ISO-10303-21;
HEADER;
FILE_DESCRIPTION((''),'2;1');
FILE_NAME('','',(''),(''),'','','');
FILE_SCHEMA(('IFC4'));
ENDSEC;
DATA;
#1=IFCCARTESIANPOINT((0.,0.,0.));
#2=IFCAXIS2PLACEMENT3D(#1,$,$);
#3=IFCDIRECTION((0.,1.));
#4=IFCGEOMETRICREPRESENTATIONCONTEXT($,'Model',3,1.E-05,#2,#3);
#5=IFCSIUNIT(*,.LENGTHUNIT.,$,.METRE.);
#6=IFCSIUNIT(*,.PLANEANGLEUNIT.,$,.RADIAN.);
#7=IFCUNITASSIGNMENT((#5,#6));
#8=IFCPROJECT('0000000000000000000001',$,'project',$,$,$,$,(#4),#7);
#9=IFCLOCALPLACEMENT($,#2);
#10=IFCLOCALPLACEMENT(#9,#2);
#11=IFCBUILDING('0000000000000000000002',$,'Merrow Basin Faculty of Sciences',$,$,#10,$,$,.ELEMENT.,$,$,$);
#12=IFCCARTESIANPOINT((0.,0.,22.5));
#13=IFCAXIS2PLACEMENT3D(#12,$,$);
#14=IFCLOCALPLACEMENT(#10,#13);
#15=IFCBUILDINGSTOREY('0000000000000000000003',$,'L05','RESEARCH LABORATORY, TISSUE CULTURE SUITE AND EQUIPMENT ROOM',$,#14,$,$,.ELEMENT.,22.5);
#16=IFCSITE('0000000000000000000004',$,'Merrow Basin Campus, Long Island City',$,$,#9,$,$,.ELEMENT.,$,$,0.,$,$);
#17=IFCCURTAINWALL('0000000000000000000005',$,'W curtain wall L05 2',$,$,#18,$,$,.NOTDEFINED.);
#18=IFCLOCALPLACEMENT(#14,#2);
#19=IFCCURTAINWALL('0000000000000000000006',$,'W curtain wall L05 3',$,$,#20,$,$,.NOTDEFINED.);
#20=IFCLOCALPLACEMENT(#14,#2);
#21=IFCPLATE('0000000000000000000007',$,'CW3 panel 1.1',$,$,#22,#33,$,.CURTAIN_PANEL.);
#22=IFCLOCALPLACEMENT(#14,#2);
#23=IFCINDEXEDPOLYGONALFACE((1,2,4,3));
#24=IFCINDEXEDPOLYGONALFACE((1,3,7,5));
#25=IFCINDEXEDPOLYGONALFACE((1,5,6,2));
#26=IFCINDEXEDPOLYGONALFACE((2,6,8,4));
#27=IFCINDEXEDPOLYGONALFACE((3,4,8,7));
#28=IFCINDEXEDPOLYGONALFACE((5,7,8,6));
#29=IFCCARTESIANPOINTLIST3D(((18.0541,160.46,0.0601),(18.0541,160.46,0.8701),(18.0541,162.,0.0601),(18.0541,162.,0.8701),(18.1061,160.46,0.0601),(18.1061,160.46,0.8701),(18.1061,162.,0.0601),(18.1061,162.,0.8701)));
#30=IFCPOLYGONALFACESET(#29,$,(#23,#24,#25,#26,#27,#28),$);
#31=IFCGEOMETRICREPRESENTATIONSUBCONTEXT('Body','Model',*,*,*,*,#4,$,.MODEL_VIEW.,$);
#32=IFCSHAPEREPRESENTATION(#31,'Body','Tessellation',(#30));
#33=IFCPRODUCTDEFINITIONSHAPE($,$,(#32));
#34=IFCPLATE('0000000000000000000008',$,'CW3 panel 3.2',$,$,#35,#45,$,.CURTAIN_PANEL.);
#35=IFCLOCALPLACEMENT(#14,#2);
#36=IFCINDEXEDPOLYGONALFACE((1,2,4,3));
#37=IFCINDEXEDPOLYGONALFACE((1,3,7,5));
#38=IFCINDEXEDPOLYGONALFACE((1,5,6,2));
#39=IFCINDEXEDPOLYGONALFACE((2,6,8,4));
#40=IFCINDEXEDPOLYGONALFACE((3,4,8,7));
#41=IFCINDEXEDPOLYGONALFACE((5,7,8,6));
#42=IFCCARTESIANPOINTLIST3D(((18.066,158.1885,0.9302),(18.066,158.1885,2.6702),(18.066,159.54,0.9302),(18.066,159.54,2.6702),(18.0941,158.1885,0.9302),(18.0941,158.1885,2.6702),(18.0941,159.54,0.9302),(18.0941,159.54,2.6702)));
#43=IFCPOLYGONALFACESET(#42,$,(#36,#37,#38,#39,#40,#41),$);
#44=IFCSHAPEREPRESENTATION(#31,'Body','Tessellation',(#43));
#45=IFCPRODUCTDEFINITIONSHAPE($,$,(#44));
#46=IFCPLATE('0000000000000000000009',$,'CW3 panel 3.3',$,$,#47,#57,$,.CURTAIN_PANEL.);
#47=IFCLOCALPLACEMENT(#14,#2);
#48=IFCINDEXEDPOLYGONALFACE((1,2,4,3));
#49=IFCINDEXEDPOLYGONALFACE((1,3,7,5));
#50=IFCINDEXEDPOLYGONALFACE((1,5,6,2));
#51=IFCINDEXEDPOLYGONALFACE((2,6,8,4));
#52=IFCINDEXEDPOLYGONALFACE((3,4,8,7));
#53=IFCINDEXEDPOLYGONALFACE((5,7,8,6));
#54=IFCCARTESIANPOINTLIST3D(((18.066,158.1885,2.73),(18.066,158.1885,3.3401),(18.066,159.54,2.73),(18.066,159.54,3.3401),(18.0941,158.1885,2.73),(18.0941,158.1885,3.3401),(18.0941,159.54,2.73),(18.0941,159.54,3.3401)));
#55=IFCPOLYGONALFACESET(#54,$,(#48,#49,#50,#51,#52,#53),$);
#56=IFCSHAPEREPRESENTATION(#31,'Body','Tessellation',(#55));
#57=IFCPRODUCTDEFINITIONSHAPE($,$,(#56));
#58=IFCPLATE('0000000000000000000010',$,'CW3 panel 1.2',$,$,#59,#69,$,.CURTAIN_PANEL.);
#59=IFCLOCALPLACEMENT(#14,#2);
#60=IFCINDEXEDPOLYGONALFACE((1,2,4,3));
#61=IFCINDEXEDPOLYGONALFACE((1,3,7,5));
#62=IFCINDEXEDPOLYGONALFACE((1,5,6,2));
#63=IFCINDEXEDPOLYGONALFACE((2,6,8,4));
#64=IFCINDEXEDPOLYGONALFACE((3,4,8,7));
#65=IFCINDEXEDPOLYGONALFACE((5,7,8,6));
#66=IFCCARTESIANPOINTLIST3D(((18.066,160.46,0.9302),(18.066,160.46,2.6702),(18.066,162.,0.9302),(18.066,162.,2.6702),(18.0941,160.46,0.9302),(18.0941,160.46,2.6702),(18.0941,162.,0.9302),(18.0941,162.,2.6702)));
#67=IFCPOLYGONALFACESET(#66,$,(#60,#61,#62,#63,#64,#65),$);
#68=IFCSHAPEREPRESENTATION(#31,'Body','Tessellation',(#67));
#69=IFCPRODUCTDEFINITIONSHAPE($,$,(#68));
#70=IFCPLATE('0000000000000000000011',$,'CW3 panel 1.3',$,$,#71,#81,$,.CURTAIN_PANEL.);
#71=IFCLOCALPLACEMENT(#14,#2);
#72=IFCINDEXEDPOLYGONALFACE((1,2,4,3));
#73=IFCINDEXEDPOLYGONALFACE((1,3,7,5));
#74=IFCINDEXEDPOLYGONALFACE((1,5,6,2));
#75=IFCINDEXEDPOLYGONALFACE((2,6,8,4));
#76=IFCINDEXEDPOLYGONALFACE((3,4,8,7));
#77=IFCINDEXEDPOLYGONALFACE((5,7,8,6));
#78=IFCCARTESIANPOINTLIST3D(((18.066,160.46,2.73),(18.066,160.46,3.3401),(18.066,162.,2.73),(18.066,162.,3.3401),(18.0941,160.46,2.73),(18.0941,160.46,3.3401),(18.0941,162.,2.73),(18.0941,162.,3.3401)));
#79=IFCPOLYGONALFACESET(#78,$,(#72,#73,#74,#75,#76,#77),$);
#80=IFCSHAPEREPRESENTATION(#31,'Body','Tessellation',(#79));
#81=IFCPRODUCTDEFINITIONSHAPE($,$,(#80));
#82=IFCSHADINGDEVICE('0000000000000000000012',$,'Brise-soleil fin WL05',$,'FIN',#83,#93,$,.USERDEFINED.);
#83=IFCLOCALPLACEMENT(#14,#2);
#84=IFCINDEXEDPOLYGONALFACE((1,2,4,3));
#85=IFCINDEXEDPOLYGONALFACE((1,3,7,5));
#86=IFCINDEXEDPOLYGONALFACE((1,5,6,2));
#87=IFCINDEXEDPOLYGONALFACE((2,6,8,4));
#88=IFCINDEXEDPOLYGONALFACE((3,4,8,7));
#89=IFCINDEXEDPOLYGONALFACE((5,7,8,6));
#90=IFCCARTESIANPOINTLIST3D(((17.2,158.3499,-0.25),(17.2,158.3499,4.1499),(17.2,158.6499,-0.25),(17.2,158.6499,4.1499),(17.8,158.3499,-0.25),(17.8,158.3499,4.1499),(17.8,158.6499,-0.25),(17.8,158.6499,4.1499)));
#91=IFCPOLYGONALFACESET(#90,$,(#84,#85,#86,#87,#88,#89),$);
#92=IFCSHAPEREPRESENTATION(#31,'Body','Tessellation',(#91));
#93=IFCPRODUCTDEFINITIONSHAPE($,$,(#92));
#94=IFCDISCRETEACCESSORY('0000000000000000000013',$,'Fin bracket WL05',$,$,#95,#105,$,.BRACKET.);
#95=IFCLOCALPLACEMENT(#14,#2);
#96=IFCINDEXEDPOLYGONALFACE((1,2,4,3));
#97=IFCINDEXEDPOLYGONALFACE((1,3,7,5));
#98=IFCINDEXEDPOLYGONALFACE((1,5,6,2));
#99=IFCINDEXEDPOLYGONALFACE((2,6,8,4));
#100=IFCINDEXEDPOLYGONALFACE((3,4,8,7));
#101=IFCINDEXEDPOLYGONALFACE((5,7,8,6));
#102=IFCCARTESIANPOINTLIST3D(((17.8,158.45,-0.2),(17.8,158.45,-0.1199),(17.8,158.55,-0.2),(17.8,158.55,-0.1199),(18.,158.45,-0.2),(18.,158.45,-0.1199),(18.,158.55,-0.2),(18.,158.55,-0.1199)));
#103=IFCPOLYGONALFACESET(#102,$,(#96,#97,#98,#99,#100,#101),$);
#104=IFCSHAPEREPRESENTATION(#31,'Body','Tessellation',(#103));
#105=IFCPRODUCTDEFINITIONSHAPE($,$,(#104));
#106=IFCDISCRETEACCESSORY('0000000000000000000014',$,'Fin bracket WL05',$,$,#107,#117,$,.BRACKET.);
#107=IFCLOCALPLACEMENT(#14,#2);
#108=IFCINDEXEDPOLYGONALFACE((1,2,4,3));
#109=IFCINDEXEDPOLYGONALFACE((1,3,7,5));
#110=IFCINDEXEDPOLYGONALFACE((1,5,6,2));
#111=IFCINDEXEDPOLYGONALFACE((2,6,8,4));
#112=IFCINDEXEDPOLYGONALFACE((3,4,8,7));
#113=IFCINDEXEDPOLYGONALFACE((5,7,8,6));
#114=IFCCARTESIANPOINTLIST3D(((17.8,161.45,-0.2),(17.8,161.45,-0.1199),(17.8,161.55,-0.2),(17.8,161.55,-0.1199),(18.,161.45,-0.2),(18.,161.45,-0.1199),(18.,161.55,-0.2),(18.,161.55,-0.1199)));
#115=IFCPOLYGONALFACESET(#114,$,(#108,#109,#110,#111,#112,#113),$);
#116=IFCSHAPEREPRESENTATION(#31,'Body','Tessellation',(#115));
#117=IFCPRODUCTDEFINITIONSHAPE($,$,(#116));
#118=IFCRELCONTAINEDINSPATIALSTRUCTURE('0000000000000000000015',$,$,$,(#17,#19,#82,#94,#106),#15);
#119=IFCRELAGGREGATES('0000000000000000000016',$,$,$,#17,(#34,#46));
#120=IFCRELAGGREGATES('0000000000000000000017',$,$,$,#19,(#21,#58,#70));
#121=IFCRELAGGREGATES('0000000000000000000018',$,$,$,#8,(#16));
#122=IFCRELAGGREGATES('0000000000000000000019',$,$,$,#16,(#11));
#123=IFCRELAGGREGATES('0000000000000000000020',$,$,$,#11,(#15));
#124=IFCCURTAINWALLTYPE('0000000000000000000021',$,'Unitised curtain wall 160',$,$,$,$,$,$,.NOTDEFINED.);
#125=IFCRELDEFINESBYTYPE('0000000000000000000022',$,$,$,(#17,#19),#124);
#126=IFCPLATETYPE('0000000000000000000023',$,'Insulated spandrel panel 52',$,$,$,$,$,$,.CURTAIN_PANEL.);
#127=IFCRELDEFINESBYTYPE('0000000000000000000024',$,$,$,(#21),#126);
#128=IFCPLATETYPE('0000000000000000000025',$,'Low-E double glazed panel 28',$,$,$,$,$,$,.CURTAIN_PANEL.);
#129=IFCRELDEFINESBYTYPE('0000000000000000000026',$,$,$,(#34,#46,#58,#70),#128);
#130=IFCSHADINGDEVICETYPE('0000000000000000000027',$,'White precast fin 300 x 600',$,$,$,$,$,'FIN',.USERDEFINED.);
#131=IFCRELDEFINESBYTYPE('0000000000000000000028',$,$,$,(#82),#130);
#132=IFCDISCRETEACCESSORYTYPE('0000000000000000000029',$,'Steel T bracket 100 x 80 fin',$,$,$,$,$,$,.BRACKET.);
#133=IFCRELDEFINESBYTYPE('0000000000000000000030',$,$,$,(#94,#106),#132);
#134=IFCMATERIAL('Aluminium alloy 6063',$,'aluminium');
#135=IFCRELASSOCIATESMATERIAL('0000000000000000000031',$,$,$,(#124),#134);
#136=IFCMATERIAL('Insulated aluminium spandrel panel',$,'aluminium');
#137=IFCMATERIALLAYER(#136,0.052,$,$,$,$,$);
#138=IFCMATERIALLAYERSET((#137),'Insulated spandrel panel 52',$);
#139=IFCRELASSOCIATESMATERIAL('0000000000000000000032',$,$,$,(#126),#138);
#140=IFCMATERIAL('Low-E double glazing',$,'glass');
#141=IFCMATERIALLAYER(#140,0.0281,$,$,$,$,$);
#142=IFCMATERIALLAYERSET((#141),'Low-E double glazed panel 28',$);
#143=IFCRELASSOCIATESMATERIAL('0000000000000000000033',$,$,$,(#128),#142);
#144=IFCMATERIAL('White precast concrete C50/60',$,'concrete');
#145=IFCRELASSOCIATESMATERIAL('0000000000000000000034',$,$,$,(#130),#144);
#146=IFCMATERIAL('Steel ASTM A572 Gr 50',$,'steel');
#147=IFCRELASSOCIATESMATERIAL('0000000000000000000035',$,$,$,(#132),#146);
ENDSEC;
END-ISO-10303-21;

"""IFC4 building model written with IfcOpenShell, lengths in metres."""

from ifc_helpers import new_model, si_unit, direction, frame, origin, origin_2d, place, context, subcontext, project, spatial, polyline, rectangle, outline, extrude, source, transform, mapped, material, layer, layer_set, type_object, element, aggregate, save


model = new_model("IFC4")

# Units and contexts
model_context = context("Model", 3, precision=1e-05, world=origin(), true_north=direction((0.0, 1.0)))
body_context = subcontext(model_context, "Body", "Model", "MODEL_VIEW")
ifc_project = project(units=[si_unit("LENGTHUNIT", "METRE"), si_unit("PLANEANGLEUNIT", "RADIAN")], contexts=[model_context])

# Site, building, storey
site_placement = place(None, origin())
site = spatial("IfcSite", under=ifc_project, at=site_placement, Name="Merrow Basin Campus, Long Island City", CompositionType="ELEMENT", RefElevation=0.0)
building_placement = place(site_placement, origin())
building = spatial("IfcBuilding", under=site, at=building_placement, Name="Merrow Basin Faculty of Sciences", CompositionType="ELEMENT")
storey_placement = place(building_placement, frame((0.0, 0.0, 22.5)))
storey = spatial("IfcBuildingStorey", under=building, at=storey_placement, Name="L05", Description="RESEARCH LABORATORY, TISSUE CULTURE SUITE AND EQUIPMENT ROOM", CompositionType="ELEMENT", Elevation=22.5)

# Curtain walls
ifc_material_1 = material(Name="Aluminium alloy 6063", Category="aluminium")
curtain_wall_type = type_object("IfcCurtainWallType", Name="Unitised curtain wall 160", PredefinedType="NOTDEFINED", material=ifc_material_1)
curtain_wall_1_placement = place(storey_placement, origin())
curtain_wall_1 = element("IfcCurtainWall", 1, at=curtain_wall_1_placement, inside=storey, type_object=curtain_wall_type, Name="W curtain wall L05 2", PredefinedType="NOTDEFINED")
curtain_wall_2_placement = place(storey_placement, origin())
curtain_wall_2 = element("IfcCurtainWall", 2, at=curtain_wall_2_placement, inside=storey, type_object=curtain_wall_type, Name="W curtain wall L05 3", PredefinedType="NOTDEFINED")

# Plates
ifc_material_2 = material(Name="Insulated aluminium spandrel panel", Category="aluminium")
ifc_layer_1 = layer(ifc_material_2, 0.052)
ifc_layer_set_1 = layer_set([ifc_layer_1], Name="Insulated spandrel panel 52")
plate_type_1 = type_object("IfcPlateType", Name="Insulated spandrel panel 52", PredefinedType="CURTAIN_PANEL", material=ifc_layer_set_1)
plate_1_placement = place(storey_placement, frame((18.0801, 161.23, 0.0601), z_axis=(0.0, 0.0, 1.0), x_axis=(0.0, 1.0, 0.0)))
plate_1 = element("IfcPlate", 3, at=plate_1_placement, type_object=plate_type_1, Name="CW3 panel 1.1", PredefinedType="CURTAIN_PANEL", context=body_context, shape_type="SweptSolid", body=[
    extrude(rectangle(XDim=1.54, YDim=0.052, at=origin_2d()), origin(), (0.0, 0.0, 1.0), 0.8101),
])
ifc_material_3 = material(Name="Low-E double glazing", Category="glass")
ifc_layer_2 = layer(ifc_material_3, 0.0281)
ifc_layer_set_2 = layer_set([ifc_layer_2], Name="Low-E double glazed panel 28")
plate_type_2 = type_object("IfcPlateType", Name="Low-E double glazed panel 28", PredefinedType="CURTAIN_PANEL", material=ifc_layer_set_2)
plate_2_placement = place(storey_placement, frame((18.0801, 158.8643, 0.9302), z_axis=(0.0, 0.0, 1.0), x_axis=(0.0, 1.0, 0.0)))
plate_2 = element("IfcPlate", 4, at=plate_2_placement, type_object=plate_type_2, Name="CW3 panel 3.2", PredefinedType="CURTAIN_PANEL", context=body_context, shape_type="SweptSolid", body=[
    extrude(rectangle(XDim=1.3516, YDim=0.0281, at=origin_2d()), origin(), (0.0, 0.0, 1.0), 1.74),
])
plate_3_placement = place(storey_placement, frame((18.0801, 158.8643, 2.73), z_axis=(0.0, 0.0, 1.0), x_axis=(0.0, 1.0, 0.0)))
plate_3 = element("IfcPlate", 5, at=plate_3_placement, type_object=plate_type_2, Name="CW3 panel 3.3", PredefinedType="CURTAIN_PANEL", context=body_context, shape_type="SweptSolid", body=[
    extrude(rectangle(XDim=1.3516, YDim=0.0281, at=origin_2d()), origin(), (0.0, 0.0, 1.0), 0.6101),
])
aggregate(curtain_wall_1, [plate_2, plate_3])
plate_4_placement = place(storey_placement, frame((18.0801, 161.23, 0.9302), z_axis=(0.0, 0.0, 1.0), x_axis=(0.0, 1.0, 0.0)))
plate_4 = element("IfcPlate", 6, at=plate_4_placement, type_object=plate_type_2, Name="CW3 panel 1.2", PredefinedType="CURTAIN_PANEL", context=body_context, shape_type="SweptSolid", body=[
    extrude(rectangle(XDim=1.54, YDim=0.0281, at=origin_2d()), origin(), (0.0, 0.0, 1.0), 1.74),
])
plate_5_placement = place(storey_placement, frame((18.0801, 161.23, 2.73), z_axis=(0.0, 0.0, 1.0), x_axis=(0.0, 1.0, 0.0)))
plate_5 = element("IfcPlate", 7, at=plate_5_placement, type_object=plate_type_2, Name="CW3 panel 1.3", PredefinedType="CURTAIN_PANEL", context=body_context, shape_type="SweptSolid", body=[
    extrude(rectangle(XDim=1.54, YDim=0.0281, at=origin_2d()), origin(), (0.0, 0.0, 1.0), 0.6101),
])
aggregate(curtain_wall_2, [plate_1, plate_4, plate_5])

# Shading device
ifc_material_4 = material(Name="White precast concrete C50/60", Category="concrete")
shading_device_type = type_object("IfcShadingDeviceType", Name="White precast fin 300 x 600", ElementType="FIN", PredefinedType="USERDEFINED", material=ifc_material_4)
shared_shape_1 = source(origin(), body_context, "Body", "SweptSolid", [
    extrude(outline(polyline([(0.0, 0.0), (0.3, 0.0), (0.3, 4.3999), (0.0, 4.3999), (0.0, 0.0)])), origin(), (0.0, 0.0, 1.0), 0.6001),
])
shading_device_placement = place(storey_placement, frame((17.8, 158.6499, -0.25), z_axis=(-1.0, 0.0, 0.0), x_axis=(0.0, -1.0, 0.0)))
element("IfcShadingDevice", 8, at=shading_device_placement, inside=storey, type_object=shading_device_type, Name="Brise-soleil fin WL05", ObjectType="FIN", PredefinedType="USERDEFINED", context=body_context, shape_type="MappedRepresentation", body=[
    mapped(shared_shape_1, transform((0.0, 0.0, 0.0), scale=1.0)),
])

# Discrete accessories
ifc_material_5 = material(Name="Steel ASTM A572 Gr 50", Category="steel")
discrete_accessory_type = type_object("IfcDiscreteAccessoryType", Name="Steel T bracket 100 x 80 fin", PredefinedType="BRACKET", material=ifc_material_5)
shared_shape_2 = source(origin(), body_context, "Body", "SweptSolid", [
    extrude(outline(polyline([(0.0, 0.0), (0.1001, 0.0), (0.1001, 0.0801), (0.0, 0.0801), (0.0, 0.0)])), origin(), (0.0, 0.0, 1.0), 0.2),
])
for number, where, z_axis, x_axis, name in (
    (9, (18.0, 158.55, -0.2), (-1.0, 0.0, 0.0), (0.0, -1.0, 0.0), "Fin bracket WL05"),
    (10, (18.0, 161.55, -0.2), (-1.0, 0.0, 0.0), (0.0, -1.0, 0.0), "Fin bracket WL05"),
):
    element("IfcDiscreteAccessory", number, at=place(storey_placement, frame(where, z_axis=z_axis, x_axis=x_axis)), inside=storey, type_object=discrete_accessory_type, Name=name, PredefinedType="BRACKET", context=body_context, shape_type="MappedRepresentation", body=[
        mapped(shared_shape_2, transform((0.0, 0.0, 0.0), scale=1.0)),
    ])

save(model, "model.ifc")
